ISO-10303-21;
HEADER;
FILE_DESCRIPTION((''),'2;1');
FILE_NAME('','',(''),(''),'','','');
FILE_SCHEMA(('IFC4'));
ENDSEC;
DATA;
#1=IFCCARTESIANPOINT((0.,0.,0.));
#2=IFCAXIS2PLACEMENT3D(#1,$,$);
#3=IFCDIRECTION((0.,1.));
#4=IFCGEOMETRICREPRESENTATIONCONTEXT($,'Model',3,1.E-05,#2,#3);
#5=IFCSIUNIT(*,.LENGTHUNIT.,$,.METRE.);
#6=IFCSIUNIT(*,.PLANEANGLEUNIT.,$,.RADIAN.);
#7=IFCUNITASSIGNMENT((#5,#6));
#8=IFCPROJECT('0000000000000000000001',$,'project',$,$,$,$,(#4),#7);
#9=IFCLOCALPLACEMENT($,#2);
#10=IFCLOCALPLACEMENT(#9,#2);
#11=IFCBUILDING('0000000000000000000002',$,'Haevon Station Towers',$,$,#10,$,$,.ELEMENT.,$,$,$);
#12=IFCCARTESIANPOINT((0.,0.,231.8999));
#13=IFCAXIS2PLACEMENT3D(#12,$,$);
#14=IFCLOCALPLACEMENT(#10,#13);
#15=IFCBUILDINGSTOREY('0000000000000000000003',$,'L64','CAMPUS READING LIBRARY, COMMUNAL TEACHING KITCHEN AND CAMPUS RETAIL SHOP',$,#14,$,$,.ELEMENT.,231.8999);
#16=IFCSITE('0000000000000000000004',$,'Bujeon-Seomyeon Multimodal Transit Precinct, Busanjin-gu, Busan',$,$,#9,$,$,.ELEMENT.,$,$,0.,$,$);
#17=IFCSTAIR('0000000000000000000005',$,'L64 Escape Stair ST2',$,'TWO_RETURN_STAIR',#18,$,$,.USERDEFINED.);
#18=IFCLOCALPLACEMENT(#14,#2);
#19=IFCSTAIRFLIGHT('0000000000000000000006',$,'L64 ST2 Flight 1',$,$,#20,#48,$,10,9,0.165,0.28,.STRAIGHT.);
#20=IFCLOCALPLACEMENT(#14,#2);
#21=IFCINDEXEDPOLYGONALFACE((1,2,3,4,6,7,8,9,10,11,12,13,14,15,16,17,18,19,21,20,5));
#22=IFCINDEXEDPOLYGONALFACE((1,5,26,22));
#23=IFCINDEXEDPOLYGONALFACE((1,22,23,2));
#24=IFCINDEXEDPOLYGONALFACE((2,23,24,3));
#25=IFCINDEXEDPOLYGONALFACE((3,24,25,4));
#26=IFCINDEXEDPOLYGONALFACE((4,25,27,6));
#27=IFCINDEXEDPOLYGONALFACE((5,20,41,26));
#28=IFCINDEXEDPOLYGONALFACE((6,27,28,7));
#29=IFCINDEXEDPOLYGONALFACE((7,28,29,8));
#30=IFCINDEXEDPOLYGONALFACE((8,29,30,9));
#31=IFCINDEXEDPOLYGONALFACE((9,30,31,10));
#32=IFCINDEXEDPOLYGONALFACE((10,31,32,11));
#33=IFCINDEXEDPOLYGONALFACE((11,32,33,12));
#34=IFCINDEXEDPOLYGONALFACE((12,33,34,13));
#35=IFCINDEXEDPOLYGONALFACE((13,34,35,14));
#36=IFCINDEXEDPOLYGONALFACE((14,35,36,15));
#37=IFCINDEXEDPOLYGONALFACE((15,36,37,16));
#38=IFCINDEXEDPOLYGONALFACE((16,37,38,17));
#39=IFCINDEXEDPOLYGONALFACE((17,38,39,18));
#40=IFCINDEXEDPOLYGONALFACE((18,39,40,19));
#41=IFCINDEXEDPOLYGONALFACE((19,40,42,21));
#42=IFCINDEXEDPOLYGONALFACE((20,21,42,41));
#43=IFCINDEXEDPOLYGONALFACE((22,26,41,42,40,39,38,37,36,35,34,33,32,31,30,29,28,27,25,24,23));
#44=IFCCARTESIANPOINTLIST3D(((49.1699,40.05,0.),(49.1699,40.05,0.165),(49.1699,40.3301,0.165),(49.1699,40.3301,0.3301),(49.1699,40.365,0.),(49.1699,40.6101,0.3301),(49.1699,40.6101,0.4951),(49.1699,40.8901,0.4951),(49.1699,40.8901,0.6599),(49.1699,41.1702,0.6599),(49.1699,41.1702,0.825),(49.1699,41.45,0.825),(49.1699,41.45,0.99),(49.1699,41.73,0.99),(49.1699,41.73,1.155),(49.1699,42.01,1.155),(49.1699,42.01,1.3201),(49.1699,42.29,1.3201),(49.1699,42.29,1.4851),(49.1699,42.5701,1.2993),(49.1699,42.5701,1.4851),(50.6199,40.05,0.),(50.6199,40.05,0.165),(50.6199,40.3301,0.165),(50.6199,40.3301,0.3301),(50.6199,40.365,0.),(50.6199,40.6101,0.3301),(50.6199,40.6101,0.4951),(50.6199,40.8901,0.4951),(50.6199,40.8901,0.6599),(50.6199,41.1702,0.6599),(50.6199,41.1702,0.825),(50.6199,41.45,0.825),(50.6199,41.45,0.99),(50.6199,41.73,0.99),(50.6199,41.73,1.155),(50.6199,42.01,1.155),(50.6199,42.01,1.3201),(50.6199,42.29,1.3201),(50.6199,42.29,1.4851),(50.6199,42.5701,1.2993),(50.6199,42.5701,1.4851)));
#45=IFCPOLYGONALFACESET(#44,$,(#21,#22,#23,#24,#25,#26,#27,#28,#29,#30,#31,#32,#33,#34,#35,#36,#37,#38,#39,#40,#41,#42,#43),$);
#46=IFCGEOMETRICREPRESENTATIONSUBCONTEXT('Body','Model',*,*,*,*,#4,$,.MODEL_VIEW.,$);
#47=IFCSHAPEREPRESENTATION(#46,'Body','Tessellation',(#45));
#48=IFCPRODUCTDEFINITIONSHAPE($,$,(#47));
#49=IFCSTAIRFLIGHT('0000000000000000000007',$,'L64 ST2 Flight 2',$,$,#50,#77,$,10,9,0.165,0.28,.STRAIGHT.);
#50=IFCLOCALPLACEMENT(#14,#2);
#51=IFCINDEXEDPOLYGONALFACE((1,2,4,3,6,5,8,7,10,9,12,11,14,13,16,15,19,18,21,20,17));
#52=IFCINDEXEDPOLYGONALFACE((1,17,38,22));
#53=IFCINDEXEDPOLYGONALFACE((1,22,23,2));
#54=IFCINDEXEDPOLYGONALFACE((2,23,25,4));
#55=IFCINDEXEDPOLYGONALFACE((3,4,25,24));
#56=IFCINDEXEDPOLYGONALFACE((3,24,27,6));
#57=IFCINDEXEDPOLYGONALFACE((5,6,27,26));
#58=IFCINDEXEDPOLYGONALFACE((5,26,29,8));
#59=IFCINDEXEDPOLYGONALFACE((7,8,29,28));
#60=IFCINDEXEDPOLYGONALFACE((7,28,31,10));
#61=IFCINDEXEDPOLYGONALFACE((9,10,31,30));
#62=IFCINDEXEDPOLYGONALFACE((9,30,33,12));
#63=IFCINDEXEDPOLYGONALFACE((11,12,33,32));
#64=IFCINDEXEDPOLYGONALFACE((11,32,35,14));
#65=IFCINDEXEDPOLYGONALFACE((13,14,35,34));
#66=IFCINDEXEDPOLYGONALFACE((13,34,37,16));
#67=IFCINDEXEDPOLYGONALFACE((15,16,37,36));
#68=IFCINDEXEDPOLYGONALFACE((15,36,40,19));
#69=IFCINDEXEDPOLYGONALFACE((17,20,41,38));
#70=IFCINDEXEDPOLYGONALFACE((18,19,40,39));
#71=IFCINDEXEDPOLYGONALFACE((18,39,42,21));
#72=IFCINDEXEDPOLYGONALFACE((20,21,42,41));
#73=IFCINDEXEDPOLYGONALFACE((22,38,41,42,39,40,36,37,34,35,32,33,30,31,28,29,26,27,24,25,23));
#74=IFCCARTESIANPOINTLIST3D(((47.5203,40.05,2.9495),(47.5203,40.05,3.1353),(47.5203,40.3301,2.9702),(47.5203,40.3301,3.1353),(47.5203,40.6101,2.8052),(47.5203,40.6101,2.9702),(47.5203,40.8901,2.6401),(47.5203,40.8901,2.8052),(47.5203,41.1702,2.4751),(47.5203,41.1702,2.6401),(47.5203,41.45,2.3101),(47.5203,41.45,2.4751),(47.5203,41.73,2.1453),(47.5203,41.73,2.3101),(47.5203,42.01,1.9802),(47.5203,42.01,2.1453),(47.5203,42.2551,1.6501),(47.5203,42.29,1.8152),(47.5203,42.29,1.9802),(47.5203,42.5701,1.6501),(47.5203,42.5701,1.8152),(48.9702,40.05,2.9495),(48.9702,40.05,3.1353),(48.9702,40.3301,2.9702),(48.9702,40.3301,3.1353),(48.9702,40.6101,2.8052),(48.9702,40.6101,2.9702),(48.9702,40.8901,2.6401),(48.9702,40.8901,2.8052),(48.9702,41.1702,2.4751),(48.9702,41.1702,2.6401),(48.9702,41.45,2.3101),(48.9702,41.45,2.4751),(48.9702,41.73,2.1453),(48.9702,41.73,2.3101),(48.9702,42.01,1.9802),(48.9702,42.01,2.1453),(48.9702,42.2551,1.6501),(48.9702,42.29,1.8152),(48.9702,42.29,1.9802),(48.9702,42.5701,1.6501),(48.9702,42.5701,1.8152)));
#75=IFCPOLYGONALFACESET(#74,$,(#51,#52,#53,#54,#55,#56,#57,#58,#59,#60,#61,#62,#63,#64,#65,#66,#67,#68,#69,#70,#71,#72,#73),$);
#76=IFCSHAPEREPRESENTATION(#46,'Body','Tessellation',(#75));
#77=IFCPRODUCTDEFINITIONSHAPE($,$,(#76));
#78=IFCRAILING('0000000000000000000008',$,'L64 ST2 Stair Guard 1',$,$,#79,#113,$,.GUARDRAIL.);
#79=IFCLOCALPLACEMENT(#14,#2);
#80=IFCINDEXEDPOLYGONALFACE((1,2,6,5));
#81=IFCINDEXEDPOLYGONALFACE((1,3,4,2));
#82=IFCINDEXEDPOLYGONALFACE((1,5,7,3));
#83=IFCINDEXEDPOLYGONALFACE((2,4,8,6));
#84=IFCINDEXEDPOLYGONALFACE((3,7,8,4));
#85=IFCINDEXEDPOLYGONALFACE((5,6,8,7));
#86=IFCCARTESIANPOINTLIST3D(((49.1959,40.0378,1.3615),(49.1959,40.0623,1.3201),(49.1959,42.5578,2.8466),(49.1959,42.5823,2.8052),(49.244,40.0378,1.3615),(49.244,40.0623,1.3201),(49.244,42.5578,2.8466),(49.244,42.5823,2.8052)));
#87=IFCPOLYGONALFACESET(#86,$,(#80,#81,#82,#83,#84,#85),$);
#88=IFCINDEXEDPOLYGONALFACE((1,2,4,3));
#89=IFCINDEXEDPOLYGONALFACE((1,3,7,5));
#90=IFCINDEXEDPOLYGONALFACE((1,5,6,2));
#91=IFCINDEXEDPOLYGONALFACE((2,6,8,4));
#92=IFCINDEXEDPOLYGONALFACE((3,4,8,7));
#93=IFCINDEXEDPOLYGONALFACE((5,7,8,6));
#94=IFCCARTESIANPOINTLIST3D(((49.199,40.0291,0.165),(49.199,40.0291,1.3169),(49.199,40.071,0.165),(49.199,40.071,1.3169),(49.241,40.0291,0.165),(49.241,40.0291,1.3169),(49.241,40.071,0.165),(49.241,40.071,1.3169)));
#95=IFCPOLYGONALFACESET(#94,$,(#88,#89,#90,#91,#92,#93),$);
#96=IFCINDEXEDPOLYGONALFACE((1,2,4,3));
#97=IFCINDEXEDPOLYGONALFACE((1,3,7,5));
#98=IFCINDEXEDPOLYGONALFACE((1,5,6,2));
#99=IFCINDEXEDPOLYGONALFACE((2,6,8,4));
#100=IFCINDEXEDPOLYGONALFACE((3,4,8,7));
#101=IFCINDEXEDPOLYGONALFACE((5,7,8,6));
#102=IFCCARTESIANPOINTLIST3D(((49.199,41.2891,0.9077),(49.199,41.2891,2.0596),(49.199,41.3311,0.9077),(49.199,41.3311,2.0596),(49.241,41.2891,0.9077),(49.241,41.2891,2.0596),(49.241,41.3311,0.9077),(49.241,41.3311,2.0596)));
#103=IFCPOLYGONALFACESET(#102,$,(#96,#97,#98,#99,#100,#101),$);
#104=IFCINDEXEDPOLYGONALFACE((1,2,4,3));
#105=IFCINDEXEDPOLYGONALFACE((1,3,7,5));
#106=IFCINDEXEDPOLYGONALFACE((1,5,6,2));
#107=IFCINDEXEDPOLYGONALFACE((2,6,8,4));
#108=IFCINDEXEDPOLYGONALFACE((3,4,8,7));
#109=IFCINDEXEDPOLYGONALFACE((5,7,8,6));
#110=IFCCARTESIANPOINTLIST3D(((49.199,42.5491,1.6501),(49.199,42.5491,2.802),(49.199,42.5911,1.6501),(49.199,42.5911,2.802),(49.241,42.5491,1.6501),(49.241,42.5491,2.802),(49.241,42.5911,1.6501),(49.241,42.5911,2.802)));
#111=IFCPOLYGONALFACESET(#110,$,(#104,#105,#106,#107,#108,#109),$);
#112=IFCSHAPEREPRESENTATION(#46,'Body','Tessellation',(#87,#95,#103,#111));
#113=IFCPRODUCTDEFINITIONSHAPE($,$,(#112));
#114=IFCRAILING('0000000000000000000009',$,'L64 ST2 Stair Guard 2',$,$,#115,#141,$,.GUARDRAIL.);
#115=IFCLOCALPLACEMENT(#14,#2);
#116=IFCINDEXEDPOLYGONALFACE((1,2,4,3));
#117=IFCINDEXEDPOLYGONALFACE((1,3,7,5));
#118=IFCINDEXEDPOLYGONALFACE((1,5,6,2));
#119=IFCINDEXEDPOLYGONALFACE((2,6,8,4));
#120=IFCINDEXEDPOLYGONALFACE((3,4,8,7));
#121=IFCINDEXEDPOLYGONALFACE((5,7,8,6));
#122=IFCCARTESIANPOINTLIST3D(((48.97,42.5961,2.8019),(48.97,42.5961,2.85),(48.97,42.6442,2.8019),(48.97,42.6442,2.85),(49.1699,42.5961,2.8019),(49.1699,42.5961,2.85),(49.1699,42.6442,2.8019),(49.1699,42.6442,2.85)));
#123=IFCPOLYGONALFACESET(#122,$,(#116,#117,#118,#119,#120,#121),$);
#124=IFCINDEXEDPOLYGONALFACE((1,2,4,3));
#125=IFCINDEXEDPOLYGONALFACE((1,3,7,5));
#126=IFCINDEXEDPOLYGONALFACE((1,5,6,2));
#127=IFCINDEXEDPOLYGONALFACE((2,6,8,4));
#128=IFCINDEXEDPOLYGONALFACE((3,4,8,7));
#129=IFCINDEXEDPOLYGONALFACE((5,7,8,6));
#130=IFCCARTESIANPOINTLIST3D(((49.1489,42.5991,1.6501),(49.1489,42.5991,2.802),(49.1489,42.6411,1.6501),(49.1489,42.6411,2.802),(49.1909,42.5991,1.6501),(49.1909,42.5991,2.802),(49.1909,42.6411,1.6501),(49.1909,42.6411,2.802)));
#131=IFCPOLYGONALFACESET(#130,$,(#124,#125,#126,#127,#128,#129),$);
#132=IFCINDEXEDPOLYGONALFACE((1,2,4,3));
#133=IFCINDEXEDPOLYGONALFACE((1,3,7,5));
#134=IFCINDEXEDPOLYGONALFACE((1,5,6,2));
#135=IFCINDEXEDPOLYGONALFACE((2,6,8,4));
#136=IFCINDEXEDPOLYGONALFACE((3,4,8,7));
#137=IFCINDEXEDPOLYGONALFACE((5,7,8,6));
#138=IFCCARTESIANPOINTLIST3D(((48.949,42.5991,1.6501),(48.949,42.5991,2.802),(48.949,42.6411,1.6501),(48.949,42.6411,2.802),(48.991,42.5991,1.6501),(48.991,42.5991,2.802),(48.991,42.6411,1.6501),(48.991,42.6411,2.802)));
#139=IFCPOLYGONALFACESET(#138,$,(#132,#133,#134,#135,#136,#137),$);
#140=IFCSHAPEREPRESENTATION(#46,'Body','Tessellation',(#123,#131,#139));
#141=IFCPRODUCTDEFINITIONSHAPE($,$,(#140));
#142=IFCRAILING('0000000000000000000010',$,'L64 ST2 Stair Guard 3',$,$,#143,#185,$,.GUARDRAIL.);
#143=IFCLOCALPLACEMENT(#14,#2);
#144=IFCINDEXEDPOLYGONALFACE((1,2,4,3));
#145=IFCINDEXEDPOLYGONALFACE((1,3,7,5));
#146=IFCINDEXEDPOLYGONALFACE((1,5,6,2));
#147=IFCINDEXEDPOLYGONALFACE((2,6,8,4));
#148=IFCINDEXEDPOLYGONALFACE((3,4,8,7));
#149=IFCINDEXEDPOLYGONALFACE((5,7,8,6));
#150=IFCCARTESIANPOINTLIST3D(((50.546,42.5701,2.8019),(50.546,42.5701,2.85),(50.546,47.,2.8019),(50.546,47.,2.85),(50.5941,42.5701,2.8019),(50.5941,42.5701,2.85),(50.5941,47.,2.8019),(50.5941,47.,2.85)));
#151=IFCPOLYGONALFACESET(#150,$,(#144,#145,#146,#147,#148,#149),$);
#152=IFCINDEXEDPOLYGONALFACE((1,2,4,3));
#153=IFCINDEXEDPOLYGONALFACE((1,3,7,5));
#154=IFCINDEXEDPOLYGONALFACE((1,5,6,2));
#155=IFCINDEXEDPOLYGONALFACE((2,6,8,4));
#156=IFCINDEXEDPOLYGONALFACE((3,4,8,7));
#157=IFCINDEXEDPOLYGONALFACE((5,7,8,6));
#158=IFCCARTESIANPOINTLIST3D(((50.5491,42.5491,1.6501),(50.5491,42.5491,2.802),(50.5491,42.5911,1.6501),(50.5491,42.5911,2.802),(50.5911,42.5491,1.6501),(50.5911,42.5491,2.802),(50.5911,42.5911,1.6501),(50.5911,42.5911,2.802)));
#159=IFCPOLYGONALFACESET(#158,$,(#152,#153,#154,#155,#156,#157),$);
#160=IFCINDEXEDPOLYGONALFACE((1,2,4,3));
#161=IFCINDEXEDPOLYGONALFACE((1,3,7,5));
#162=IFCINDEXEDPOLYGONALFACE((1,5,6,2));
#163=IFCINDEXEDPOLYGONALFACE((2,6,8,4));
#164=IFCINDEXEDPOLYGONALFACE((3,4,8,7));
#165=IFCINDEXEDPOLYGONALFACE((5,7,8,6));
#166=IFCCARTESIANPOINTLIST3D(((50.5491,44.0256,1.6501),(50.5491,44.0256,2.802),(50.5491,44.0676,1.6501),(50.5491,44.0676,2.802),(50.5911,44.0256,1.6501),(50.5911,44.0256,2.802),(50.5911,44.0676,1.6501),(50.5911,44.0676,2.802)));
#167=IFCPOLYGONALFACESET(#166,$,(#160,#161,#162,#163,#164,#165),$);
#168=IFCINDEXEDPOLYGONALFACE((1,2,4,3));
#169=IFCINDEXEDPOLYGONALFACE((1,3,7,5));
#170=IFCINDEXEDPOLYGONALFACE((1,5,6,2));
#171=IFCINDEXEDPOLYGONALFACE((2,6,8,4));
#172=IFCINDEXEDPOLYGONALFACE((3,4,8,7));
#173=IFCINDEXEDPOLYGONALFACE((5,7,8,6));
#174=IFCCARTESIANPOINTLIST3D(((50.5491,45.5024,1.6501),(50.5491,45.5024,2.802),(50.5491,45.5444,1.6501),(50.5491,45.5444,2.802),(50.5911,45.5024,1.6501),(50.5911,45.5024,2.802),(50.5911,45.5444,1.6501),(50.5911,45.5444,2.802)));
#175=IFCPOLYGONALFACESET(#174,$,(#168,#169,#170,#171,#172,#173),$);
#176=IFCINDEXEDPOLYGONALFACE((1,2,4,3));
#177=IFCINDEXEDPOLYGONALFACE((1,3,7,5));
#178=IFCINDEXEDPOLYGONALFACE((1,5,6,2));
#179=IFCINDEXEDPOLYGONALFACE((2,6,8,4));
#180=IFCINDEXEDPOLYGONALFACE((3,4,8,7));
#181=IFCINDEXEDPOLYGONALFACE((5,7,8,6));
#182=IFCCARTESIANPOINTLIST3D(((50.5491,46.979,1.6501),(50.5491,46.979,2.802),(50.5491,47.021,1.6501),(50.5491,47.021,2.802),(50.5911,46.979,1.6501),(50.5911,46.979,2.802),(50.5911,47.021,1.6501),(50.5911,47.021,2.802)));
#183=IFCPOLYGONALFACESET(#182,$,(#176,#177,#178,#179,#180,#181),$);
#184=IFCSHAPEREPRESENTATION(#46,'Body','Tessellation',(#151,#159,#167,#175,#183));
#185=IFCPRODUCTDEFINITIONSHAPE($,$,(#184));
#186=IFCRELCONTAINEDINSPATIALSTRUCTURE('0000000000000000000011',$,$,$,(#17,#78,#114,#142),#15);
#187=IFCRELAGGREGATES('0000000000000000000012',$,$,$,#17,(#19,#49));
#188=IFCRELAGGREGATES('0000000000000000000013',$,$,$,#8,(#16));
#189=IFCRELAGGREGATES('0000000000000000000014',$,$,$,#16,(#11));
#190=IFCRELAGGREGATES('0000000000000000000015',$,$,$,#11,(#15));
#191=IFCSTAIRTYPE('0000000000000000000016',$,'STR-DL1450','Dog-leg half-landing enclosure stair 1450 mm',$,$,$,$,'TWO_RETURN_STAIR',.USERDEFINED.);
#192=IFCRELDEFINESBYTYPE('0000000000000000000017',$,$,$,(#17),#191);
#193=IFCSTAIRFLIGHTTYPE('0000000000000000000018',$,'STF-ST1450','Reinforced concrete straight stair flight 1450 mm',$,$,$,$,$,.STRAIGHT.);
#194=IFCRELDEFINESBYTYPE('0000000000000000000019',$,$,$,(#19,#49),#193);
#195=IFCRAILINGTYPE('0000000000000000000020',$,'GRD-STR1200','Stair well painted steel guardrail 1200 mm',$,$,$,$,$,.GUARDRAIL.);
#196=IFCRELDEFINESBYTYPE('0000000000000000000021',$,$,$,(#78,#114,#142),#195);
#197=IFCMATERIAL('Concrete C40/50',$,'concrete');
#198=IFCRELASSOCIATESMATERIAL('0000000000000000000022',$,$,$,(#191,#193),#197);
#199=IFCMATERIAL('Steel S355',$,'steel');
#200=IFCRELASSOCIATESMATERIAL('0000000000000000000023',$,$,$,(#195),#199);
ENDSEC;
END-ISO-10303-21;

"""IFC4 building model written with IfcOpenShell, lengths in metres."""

from ifc_helpers import new_model, si_unit, direction, frame, origin, origin_2d, place, context, subcontext, project, spatial, polyline, rectangle, outline, extrude, material, type_object, element, aggregate, save


model = new_model("IFC4")

# Units and contexts
model_context = context("Model", 3, precision=1e-05, world=origin(), true_north=direction((0.0, 1.0)))
body_context = subcontext(model_context, "Body", "Model", "MODEL_VIEW")
ifc_project = project(units=[si_unit("LENGTHUNIT", "METRE"), si_unit("PLANEANGLEUNIT", "RADIAN")], contexts=[model_context])

# Site, building, storey
site_placement = place(None, origin())
site = spatial("IfcSite", under=ifc_project, at=site_placement, Name="Bujeon-Seomyeon Multimodal Transit Precinct, Busanjin-gu, Busan", CompositionType="ELEMENT", RefElevation=0.0)
building_placement = place(site_placement, origin())
building = spatial("IfcBuilding", under=site, at=building_placement, Name="Haevon Station Towers", CompositionType="ELEMENT")
storey_placement = place(building_placement, frame((0.0, 0.0, 231.8999)))
storey = spatial("IfcBuildingStorey", under=building, at=storey_placement, Name="L64", Description="CAMPUS READING LIBRARY, COMMUNAL TEACHING KITCHEN AND CAMPUS RETAIL SHOP", CompositionType="ELEMENT", Elevation=231.8999)

# Shared definitions
ifc_material_1 = material(Name="Steel S355", Category="steel")

# Stair, stair flights
ifc_material_2 = material(Name="Concrete C40/50", Category="concrete")
stair_type = type_object("IfcStairType", Name="STR-DL1450", Description="Dog-leg half-landing enclosure stair 1450 mm", ElementType="TWO_RETURN_STAIR", PredefinedType="USERDEFINED", material=ifc_material_2)
stair_placement = place(storey_placement, origin())
stair = element("IfcStair", 1, at=stair_placement, inside=storey, type_object=stair_type, Name="L64 Escape Stair ST2", ObjectType="TWO_RETURN_STAIR", PredefinedType="USERDEFINED")
stair_flight_type = type_object("IfcStairFlightType", Name="STF-ST1450", Description="Reinforced concrete straight stair flight 1450 mm", PredefinedType="STRAIGHT", material=ifc_material_2)
stair_flight_1_placement = place(storey_placement, frame((49.895, 40.05, 0.0), z_axis=(0.0, 0.0, 1.0), x_axis=(0.0, 1.0, 0.0)))
stair_flight_1 = element("IfcStairFlight", 2, at=stair_flight_1_placement, type_object=stair_flight_type, Name="L64 ST2 Flight 1", NumberOfRisers=10, NumberOfTreads=9, PredefinedType="STRAIGHT", RiserHeight=0.165, TreadLength=0.28, context=body_context, shape_type="SweptSolid", body=[
    extrude(outline(polyline([(0.0, 0.0), (0.0, 0.165), (0.28, 0.165), (0.28, 0.3301), (0.5601, 0.3301), (0.5601, 0.4951), (0.8401, 0.4951), (0.8401, 0.6599), (1.1201, 0.6599), (1.1201, 0.825), (1.3999, 0.825), (1.3999, 0.99), (1.6799, 0.99), (1.6799, 1.155), (1.96, 1.155), (1.96, 1.3201), (2.24, 1.3201), (2.24, 1.4851), (2.52, 1.4851), (2.52, 1.6499), (2.52, 1.2993), (0.3149, 0.0), (0.0, 0.0)])), frame((0.0, 0.7251, 0.0), z_axis=(0.0, -1.0, 0.0), x_axis=(1.0, 0.0, 0.0)), (0.0, 0.0, 1.0), 1.45),
])
stair_flight_2_placement = place(storey_placement, frame((48.2451, 42.5701, 1.6501), z_axis=(0.0, 0.0, 1.0), x_axis=(0.0, -1.0, 0.0)))
stair_flight_2 = element("IfcStairFlight", 3, at=stair_flight_2_placement, type_object=stair_flight_type, Name="L64 ST2 Flight 2", NumberOfRisers=10, NumberOfTreads=9, PredefinedType="STRAIGHT", RiserHeight=0.165, TreadLength=0.28, context=body_context, shape_type="SweptSolid", body=[
    extrude(outline(polyline([(0.0, 0.0), (0.0, 0.165), (0.28, 0.165), (0.28, 0.3301), (0.5601, 0.3301), (0.5601, 0.4951), (0.8401, 0.4951), (0.8401, 0.6599), (1.1201, 0.6599), (1.1201, 0.825), (1.3999, 0.825), (1.3999, 0.99), (1.6799, 0.99), (1.6799, 1.155), (1.96, 1.155), (1.96, 1.3201), (2.24, 1.3201), (2.24, 1.4851), (2.52, 1.4851), (2.52, 1.6499), (2.52, 1.2993), (0.3149, 0.0), (0.0, 0.0)])), frame((0.0, 0.7251, 0.0), z_axis=(0.0, -1.0, 0.0), x_axis=(1.0, 0.0, 0.0)), (0.0, 0.0, 1.0), 1.45),
])
aggregate(stair, [stair_flight_1, stair_flight_2])

# Railings
railing_type_1 = type_object("IfcRailingType", Name="GRD-STR1200", Description="Stair well painted steel guardrail 1200 mm", PredefinedType="GUARDRAIL", material=ifc_material_1)
railing_1_placement = place(storey_placement, frame((49.22, 40.05, 0.165)))
element("IfcRailing", 4, at=railing_1_placement, inside=storey, type_object=railing_type_1, Name="L64 ST2 Stair Guard 1", PredefinedType="GUARDRAIL", context=body_context, shape_type="SweptSolid", body=[
    extrude(rectangle(XDim=0.0481, YDim=0.0481, at=origin_2d()), frame((0.0, 0.0, 1.1758), z_axis=(0.0, 0.861524, 0.507717), x_axis=(-1.0, 0.0, 0.0)), (0.0, 0.0, 1.0), 2.925),
    extrude(rectangle(XDim=0.042, YDim=0.042, at=origin_2d()), origin(), (0.0, 0.0, 1.0), 1.1519),
    extrude(rectangle(XDim=0.042, YDim=0.042, at=origin_2d()), frame((0.0, 1.26, 0.7427)), (0.0, 0.0, 1.0), 1.1519),
    extrude(rectangle(XDim=0.042, YDim=0.042, at=origin_2d()), frame((0.0, 2.52, 1.4851)), (0.0, 0.0, 1.0), 1.1519),
])
railing_2_placement = place(storey_placement, frame((49.1699, 42.6201, 1.6501)))
element("IfcRailing", 5, at=railing_2_placement, inside=storey, type_object=railing_type_1, Name="L64 ST2 Stair Guard 2", PredefinedType="GUARDRAIL", context=body_context, shape_type="SweptSolid", body=[
    extrude(rectangle(XDim=0.0481, YDim=0.0481, at=origin_2d()), frame((0.0, 0.0, 1.1758), z_axis=(-1.0, 0.0, 0.0), x_axis=(0.0, -1.0, 0.0)), (0.0, 0.0, 1.0), 0.2),
    extrude(rectangle(XDim=0.042, YDim=0.042, at=origin_2d()), origin(), (0.0, 0.0, 1.0), 1.1519),
    extrude(rectangle(XDim=0.042, YDim=0.042, at=origin_2d()), frame((-0.2, 0.0, 0.0)), (0.0, 0.0, 1.0), 1.1519),
])
for number, where, name in (
    (6, (50.5701, 42.5701, 1.6501), "L64 ST2 Stair Guard 3"),
):
    element("IfcRailing", number, at=place(storey_placement, frame(where)), inside=storey, type_object=railing_type_1, Name=name, PredefinedType="GUARDRAIL", context=body_context, shape_type="SweptSolid", body=[
        extrude(rectangle(XDim=0.0481, YDim=0.0481, at=origin_2d()), frame((0.0, 0.0, 1.1758), z_axis=(0.0, 1.0, 0.0), x_axis=(-1.0, 0.0, 0.0)), (0.0, 0.0, 1.0), 4.4299),
        extrude(rectangle(XDim=0.042, YDim=0.042, at=origin_2d()), origin(), (0.0, 0.0, 1.0), 1.1519),
        extrude(rectangle(XDim=0.042, YDim=0.042, at=origin_2d()), frame((0.0, 1.4766, 0.0)), (0.0, 0.0, 1.0), 1.1519),
        extrude(rectangle(XDim=0.042, YDim=0.042, at=origin_2d()), frame((0.0, 2.9534, 0.0)), (0.0, 0.0, 1.0), 1.1519),
        extrude(rectangle(XDim=0.042, YDim=0.042, at=origin_2d()), frame((0.0, 4.4299, 0.0)), (0.0, 0.0, 1.0), 1.1519),
    ])

save(model, "model.ifc")
